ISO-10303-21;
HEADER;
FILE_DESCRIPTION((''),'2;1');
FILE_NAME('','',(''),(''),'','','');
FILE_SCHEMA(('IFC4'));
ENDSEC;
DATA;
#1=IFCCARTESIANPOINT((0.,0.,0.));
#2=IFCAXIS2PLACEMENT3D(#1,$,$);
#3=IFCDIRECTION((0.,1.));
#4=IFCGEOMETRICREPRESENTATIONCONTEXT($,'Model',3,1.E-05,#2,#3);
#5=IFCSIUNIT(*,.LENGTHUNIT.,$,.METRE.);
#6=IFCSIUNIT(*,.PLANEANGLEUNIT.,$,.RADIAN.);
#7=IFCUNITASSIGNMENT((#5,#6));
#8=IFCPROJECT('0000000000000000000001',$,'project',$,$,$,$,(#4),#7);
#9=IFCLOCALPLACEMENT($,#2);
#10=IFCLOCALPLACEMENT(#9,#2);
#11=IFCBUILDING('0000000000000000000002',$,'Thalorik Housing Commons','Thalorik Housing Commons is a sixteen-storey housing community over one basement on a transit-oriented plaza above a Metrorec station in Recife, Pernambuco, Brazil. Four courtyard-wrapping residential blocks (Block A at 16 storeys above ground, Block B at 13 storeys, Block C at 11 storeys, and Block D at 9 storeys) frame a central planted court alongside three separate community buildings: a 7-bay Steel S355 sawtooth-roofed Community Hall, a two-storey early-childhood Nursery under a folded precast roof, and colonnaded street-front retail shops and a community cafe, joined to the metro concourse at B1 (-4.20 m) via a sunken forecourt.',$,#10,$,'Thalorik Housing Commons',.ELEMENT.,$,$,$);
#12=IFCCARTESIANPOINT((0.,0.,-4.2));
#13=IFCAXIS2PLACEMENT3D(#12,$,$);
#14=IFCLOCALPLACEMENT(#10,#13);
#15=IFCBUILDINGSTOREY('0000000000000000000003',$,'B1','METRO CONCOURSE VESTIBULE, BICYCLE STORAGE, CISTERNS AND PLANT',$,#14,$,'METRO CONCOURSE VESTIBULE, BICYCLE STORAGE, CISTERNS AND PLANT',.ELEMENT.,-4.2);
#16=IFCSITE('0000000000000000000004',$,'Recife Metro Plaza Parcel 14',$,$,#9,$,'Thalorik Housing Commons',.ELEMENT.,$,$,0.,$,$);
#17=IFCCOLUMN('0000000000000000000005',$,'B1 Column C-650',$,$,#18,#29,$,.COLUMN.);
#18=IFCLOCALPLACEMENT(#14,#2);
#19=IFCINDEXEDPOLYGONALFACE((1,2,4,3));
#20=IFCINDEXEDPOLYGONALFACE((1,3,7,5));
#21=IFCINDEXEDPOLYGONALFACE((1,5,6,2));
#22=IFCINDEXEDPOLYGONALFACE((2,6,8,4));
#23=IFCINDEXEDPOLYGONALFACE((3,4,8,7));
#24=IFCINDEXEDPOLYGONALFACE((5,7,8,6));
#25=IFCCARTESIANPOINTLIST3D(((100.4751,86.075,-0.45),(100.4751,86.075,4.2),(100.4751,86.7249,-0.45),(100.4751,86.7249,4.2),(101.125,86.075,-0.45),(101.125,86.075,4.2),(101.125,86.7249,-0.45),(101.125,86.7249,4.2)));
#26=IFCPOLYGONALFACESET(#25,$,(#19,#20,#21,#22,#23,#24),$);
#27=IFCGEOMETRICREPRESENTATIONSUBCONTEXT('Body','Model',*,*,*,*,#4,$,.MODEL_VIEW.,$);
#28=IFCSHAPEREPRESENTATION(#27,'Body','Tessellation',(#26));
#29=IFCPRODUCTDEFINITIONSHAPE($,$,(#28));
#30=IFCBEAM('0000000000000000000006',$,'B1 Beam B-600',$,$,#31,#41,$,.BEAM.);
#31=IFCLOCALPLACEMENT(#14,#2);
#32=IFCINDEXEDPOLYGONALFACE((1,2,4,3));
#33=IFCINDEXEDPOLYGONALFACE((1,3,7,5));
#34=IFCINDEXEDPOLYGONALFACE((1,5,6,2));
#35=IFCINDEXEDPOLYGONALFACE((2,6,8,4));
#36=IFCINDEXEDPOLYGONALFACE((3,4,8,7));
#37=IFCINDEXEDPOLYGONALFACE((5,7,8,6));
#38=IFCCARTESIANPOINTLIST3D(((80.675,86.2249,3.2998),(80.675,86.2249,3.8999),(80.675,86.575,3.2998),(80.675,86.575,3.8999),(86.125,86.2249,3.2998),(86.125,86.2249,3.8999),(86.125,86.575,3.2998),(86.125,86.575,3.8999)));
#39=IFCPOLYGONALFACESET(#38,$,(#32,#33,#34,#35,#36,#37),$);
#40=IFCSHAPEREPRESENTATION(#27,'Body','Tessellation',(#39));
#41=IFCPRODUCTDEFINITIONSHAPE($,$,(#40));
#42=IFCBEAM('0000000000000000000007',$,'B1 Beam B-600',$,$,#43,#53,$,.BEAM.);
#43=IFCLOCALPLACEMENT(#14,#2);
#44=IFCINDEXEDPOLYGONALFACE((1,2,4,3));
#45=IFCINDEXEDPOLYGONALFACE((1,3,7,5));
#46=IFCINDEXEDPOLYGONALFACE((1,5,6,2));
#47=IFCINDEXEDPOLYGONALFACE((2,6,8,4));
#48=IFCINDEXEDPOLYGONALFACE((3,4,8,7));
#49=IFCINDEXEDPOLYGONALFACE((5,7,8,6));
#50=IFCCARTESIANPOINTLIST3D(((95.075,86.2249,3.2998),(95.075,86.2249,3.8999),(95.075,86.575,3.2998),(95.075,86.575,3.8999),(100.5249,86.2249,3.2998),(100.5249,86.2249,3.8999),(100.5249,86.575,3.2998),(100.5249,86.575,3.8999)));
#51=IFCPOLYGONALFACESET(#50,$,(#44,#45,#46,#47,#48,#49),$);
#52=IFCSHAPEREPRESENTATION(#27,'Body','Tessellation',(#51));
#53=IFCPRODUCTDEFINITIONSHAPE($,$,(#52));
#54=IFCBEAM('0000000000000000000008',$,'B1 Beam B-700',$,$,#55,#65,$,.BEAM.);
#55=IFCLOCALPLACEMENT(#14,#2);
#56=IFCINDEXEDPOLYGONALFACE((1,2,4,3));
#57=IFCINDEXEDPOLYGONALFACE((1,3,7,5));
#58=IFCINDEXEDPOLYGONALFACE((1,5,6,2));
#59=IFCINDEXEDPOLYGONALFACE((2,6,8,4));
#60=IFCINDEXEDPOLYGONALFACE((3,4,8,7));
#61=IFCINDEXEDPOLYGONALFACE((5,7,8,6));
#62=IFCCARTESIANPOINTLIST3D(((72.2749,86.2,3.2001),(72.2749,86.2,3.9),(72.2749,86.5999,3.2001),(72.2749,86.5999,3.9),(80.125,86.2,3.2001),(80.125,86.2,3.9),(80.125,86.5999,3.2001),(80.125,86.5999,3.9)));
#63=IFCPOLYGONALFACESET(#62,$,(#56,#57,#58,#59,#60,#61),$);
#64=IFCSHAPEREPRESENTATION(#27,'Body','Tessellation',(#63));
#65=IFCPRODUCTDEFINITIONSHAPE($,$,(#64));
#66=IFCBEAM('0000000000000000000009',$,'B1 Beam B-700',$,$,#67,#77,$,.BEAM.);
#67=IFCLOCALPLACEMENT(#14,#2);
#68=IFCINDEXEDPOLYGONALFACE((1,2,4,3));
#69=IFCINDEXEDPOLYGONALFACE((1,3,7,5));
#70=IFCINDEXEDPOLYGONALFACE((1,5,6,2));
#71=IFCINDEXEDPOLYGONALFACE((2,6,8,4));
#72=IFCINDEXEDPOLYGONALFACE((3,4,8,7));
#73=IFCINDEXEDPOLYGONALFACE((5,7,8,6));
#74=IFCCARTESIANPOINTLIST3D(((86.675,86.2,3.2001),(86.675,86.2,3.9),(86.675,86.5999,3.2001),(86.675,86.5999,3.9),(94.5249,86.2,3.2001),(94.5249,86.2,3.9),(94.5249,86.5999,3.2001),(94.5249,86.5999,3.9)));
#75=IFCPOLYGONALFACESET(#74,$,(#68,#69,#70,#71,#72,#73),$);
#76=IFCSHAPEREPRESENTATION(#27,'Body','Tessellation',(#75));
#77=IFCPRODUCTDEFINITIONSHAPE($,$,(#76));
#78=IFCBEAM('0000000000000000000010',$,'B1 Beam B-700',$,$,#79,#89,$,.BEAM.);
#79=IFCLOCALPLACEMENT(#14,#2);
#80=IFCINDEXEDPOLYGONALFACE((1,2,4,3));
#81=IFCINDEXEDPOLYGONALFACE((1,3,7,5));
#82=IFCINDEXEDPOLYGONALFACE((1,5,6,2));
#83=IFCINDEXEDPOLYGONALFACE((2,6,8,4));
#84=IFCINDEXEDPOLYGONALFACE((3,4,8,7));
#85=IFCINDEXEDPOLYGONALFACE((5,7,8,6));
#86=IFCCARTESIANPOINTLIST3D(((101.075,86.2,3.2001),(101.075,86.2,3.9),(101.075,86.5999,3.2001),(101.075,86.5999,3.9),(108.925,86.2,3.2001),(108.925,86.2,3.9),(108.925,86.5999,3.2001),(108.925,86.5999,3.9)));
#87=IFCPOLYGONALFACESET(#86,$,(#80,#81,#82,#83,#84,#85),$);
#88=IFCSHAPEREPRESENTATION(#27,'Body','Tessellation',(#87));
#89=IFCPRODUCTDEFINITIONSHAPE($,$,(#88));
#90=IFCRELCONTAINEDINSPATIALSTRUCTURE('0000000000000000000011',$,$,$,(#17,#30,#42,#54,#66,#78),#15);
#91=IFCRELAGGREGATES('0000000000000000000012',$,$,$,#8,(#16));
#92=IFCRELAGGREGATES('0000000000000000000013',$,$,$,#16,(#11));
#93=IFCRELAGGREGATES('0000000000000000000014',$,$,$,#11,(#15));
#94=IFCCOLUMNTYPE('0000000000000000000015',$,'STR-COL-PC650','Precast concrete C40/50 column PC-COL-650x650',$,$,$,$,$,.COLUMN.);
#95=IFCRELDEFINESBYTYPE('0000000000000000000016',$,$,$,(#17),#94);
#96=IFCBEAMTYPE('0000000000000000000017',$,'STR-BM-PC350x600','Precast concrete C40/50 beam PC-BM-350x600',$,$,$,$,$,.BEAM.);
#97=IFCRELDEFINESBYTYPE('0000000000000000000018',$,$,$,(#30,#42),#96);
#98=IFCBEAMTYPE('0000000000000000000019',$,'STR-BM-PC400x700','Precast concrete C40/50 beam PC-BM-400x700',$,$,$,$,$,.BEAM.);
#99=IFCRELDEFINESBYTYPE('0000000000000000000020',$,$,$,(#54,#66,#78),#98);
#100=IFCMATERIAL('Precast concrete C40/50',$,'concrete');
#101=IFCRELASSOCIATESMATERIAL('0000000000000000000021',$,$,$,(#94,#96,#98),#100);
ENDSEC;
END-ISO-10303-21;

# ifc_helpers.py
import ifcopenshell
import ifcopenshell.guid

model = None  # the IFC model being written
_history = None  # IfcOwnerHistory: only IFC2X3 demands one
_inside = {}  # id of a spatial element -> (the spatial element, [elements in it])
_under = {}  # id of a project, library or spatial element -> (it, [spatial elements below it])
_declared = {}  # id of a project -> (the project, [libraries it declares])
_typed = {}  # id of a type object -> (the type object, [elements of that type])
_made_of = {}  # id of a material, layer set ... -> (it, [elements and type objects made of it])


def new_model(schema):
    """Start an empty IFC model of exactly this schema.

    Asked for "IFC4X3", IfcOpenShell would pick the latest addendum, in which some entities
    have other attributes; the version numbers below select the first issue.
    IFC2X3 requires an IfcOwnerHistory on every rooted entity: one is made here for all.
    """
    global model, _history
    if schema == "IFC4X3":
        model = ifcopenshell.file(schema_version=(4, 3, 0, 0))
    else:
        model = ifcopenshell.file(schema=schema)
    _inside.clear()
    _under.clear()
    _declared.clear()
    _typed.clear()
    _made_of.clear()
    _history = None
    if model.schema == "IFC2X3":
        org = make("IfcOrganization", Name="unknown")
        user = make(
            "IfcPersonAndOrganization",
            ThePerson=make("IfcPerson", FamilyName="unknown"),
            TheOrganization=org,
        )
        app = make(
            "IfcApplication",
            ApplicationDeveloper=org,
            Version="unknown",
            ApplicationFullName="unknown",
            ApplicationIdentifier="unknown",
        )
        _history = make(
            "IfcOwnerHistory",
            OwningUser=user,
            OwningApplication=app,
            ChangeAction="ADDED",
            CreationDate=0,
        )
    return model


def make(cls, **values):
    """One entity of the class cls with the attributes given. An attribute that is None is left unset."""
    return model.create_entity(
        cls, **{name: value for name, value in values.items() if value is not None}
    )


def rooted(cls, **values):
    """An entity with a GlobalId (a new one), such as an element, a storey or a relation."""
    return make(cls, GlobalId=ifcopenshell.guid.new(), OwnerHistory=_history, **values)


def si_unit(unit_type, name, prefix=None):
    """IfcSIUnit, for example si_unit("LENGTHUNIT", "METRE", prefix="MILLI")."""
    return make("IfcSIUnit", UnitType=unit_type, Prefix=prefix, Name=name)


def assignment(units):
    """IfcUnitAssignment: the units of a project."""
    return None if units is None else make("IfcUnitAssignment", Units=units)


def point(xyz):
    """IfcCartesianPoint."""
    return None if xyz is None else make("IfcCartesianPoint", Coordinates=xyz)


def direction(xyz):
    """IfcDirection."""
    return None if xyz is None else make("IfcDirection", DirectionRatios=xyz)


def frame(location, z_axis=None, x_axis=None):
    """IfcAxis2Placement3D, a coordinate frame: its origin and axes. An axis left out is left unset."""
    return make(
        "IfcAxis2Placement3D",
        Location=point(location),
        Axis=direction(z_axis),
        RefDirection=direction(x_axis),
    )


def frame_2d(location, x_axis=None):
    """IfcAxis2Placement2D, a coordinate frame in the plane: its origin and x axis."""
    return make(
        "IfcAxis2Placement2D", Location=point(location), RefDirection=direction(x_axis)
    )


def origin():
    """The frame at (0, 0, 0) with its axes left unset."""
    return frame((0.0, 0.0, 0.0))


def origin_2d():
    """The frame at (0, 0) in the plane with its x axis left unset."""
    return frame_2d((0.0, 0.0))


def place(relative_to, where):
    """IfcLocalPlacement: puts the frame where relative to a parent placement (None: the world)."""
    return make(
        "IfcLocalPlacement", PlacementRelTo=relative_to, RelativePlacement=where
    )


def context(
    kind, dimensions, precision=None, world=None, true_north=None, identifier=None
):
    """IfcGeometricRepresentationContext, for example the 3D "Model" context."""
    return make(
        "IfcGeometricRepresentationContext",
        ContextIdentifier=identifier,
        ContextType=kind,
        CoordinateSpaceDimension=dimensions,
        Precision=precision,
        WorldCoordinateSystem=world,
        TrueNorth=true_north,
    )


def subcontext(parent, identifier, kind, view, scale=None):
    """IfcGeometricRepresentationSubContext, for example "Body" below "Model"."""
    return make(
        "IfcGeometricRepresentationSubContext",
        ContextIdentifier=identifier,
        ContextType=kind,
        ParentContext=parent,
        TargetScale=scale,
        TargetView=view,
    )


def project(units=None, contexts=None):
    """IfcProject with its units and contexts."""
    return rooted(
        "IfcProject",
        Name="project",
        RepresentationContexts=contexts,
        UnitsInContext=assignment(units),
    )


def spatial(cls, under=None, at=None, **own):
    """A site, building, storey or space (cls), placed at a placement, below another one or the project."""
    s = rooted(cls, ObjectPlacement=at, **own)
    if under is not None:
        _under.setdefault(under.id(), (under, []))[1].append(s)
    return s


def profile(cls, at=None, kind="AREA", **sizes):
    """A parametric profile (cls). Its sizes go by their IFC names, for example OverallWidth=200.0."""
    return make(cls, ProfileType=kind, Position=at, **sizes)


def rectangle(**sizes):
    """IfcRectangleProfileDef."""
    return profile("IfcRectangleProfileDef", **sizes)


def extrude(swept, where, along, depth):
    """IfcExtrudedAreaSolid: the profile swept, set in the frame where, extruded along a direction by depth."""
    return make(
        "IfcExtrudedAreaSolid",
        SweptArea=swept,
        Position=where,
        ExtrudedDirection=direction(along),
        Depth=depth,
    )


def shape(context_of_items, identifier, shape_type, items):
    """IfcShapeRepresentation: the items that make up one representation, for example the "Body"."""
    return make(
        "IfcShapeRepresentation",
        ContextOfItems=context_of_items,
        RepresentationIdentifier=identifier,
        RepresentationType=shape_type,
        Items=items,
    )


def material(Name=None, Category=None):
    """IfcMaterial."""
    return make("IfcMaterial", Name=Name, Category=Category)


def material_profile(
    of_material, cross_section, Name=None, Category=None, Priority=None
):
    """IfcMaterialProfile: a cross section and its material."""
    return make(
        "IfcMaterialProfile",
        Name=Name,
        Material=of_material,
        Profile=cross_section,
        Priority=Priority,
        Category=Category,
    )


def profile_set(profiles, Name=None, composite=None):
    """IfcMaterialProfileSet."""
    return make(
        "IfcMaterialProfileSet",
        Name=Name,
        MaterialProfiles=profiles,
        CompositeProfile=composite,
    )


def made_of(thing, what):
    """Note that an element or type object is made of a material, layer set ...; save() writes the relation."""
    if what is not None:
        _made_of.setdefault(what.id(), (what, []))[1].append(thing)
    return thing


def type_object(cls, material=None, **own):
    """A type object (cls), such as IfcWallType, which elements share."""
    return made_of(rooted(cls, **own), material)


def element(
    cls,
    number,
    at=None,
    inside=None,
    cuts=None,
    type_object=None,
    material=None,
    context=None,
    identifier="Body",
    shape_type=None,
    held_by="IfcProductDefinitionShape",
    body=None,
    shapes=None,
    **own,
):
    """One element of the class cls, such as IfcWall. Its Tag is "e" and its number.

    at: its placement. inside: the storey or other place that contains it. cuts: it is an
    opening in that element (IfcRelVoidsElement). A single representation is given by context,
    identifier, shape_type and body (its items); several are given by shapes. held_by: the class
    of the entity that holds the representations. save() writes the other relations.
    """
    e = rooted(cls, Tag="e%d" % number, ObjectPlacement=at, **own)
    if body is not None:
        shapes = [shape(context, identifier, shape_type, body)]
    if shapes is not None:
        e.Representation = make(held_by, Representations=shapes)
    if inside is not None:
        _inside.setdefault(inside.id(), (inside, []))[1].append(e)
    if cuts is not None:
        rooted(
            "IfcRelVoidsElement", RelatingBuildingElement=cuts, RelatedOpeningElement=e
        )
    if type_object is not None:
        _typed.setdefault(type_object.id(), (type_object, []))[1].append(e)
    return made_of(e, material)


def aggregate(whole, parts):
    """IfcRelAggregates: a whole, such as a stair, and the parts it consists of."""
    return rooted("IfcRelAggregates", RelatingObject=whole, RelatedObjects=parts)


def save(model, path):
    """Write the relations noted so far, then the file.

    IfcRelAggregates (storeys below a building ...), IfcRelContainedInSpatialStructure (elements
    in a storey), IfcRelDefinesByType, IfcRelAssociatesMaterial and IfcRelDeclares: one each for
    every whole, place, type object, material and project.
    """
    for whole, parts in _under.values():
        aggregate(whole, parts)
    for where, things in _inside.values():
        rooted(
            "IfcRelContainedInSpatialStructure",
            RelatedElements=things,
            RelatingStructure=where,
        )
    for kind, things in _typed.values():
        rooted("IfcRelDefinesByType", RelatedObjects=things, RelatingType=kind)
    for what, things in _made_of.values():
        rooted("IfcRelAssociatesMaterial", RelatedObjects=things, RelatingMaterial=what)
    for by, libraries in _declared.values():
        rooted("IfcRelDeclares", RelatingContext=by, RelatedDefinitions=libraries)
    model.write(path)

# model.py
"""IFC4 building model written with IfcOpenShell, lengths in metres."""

from ifc_helpers import new_model, si_unit, direction, frame, origin, origin_2d, place, context, subcontext, project, spatial, rectangle, extrude, material, material_profile, profile_set, type_object, element, save


model = new_model("IFC4")

# Units and contexts
model_context = context("Model", 3, precision=1e-05, world=origin(), true_north=direction((0.0, 1.0)))
body_context = subcontext(model_context, "Body", "Model", "MODEL_VIEW")
ifc_project = project(units=[si_unit("LENGTHUNIT", "METRE"), si_unit("PLANEANGLEUNIT", "RADIAN")], contexts=[model_context])

# Site, building, storey
site_placement = place(None, origin())
site = spatial("IfcSite", under=ifc_project, at=site_placement, Name="Recife Metro Plaza Parcel 14", LongName="Thalorik Housing Commons", CompositionType="ELEMENT", RefElevation=0.0)
building_placement = place(site_placement, origin())
building = spatial("IfcBuilding", under=site, at=building_placement, Name="Thalorik Housing Commons", Description="Thalorik Housing Commons is a sixteen-storey housing community over one basement on a transit-oriented plaza above a Metrorec station in Recife, Pernambuco, Brazil. Four courtyard-wrapping residential blocks (Block A at 16 storeys above ground, Block B at 13 storeys, Block C at 11 storeys, and Block D at 9 storeys) frame a central planted court alongside three separate community buildings: a 7-bay Steel S355 sawtooth-roofed Community Hall, a two-storey early-childhood Nursery under a folded precast roof, and colonnaded street-front retail shops and a community cafe, joined to the metro concourse at B1 (-4.20 m) via a sunken forecourt.", LongName="Thalorik Housing Commons", CompositionType="ELEMENT")
storey_placement = place(building_placement, frame((0.0, 0.0, -4.2)))
storey = spatial("IfcBuildingStorey", under=building, at=storey_placement, Name="B1", Description="METRO CONCOURSE VESTIBULE, BICYCLE STORAGE, CISTERNS AND PLANT", LongName="METRO CONCOURSE VESTIBULE, BICYCLE STORAGE, CISTERNS AND PLANT", CompositionType="ELEMENT", Elevation=-4.2)

# Column
ifc_material_1 = material(Name="Precast concrete C40/50", Category="concrete")
ifc_material_profile_1 = material_profile(ifc_material_1, rectangle(XDim=0.6499, YDim=0.6499, at=origin_2d()), Name="PC 650x650", Category="concrete")
ifc_profile_set_1 = profile_set([ifc_material_profile_1], Name="Precast concrete C40/50")
column_type = type_object("IfcColumnType", Name="STR-COL-PC650", Description="Precast concrete C40/50 column PC-COL-650x650", PredefinedType="COLUMN", material=ifc_profile_set_1)
for number, where, z_axis, x_axis, name in (
    (1, (100.8, 86.3999, -0.45), (0.0, 0.0, 1.0), (1.0, 0.0, 0.0), "B1 Column C-650"),
):
    element("IfcColumn", number, at=place(storey_placement, frame(where, z_axis=z_axis, x_axis=x_axis)), inside=storey, type_object=column_type, Name=name, PredefinedType="COLUMN", context=body_context, shape_type="SweptSolid", body=[
        extrude(rectangle(XDim=0.6499, YDim=0.6499, at=origin_2d()), origin(), (0.0, 0.0, 1.0), 4.6499),
    ])

# Beams
ifc_material_profile_2 = material_profile(ifc_material_1, rectangle(XDim=0.3501, YDim=0.6001, at=origin_2d()), Name="PC 350x600", Category="concrete")
ifc_profile_set_2 = profile_set([ifc_material_profile_2], Name="Precast concrete C40/50")
beam_type_1 = type_object("IfcBeamType", Name="STR-BM-PC350x600", Description="Precast concrete C40/50 beam PC-BM-350x600", PredefinedType="BEAM", material=ifc_profile_set_2)
for number, where, z_axis, x_axis, name in (
    (2, (80.675, 86.3999, 3.5999), (1.0, 0.0, 0.0), (0.0, 1.0, 0.0), "B1 Beam B-600"),
    (3, (95.075, 86.3999, 3.5999), (1.0, 0.0, 0.0), (0.0, 1.0, 0.0), "B1 Beam B-600"),
):
    element("IfcBeam", number, at=place(storey_placement, frame(where, z_axis=z_axis, x_axis=x_axis)), inside=storey, type_object=beam_type_1, Name=name, PredefinedType="BEAM", context=body_context, shape_type="SweptSolid", body=[
        extrude(rectangle(XDim=0.3501, YDim=0.6001, at=origin_2d()), origin(), (0.0, 0.0, 1.0), 5.45),
    ])
ifc_material_profile_3 = material_profile(ifc_material_1, rectangle(XDim=0.3999, YDim=0.7, at=origin_2d()), Name="PC 400x700", Category="concrete")
ifc_profile_set_3 = profile_set([ifc_material_profile_3], Name="Precast concrete C40/50")
beam_type_2 = type_object("IfcBeamType", Name="STR-BM-PC400x700", Description="Precast concrete C40/50 beam PC-BM-400x700", PredefinedType="BEAM", material=ifc_profile_set_3)
beam_1_placement = place(storey_placement, frame((72.2749, 86.3999, 3.55), z_axis=(1.0, 0.0, 0.0), x_axis=(0.0, 1.0, 0.0)))
element("IfcBeam", 4, at=beam_1_placement, inside=storey, type_object=beam_type_2, Name="B1 Beam B-700", PredefinedType="BEAM", context=body_context, shape_type="SweptSolid", body=[
    extrude(rectangle(XDim=0.3999, YDim=0.7, at=origin_2d()), origin(), (0.0, 0.0, 1.0), 7.8501),
])
beam_2_placement = place(storey_placement, frame((86.675, 86.3999, 3.55), z_axis=(1.0, 0.0, 0.0), x_axis=(0.0, 1.0, 0.0)))
element("IfcBeam", 5, at=beam_2_placement, inside=storey, type_object=beam_type_2, Name="B1 Beam B-700", PredefinedType="BEAM", context=body_context, shape_type="SweptSolid", body=[
    extrude(rectangle(XDim=0.3999, YDim=0.7, at=origin_2d()), origin(), (0.0, 0.0, 1.0), 7.8499),
])
beam_3_placement = place(storey_placement, frame((101.075, 86.3999, 3.55), z_axis=(1.0, 0.0, 0.0), x_axis=(0.0, 1.0, 0.0)))
element("IfcBeam", 6, at=beam_3_placement, inside=storey, type_object=beam_type_2, Name="B1 Beam B-700", PredefinedType="BEAM", context=body_context, shape_type="SweptSolid", body=[
    extrude(rectangle(XDim=0.3999, YDim=0.7, at=origin_2d()), origin(), (0.0, 0.0, 1.0), 7.8501),
])

save(model, "model.ifc")
